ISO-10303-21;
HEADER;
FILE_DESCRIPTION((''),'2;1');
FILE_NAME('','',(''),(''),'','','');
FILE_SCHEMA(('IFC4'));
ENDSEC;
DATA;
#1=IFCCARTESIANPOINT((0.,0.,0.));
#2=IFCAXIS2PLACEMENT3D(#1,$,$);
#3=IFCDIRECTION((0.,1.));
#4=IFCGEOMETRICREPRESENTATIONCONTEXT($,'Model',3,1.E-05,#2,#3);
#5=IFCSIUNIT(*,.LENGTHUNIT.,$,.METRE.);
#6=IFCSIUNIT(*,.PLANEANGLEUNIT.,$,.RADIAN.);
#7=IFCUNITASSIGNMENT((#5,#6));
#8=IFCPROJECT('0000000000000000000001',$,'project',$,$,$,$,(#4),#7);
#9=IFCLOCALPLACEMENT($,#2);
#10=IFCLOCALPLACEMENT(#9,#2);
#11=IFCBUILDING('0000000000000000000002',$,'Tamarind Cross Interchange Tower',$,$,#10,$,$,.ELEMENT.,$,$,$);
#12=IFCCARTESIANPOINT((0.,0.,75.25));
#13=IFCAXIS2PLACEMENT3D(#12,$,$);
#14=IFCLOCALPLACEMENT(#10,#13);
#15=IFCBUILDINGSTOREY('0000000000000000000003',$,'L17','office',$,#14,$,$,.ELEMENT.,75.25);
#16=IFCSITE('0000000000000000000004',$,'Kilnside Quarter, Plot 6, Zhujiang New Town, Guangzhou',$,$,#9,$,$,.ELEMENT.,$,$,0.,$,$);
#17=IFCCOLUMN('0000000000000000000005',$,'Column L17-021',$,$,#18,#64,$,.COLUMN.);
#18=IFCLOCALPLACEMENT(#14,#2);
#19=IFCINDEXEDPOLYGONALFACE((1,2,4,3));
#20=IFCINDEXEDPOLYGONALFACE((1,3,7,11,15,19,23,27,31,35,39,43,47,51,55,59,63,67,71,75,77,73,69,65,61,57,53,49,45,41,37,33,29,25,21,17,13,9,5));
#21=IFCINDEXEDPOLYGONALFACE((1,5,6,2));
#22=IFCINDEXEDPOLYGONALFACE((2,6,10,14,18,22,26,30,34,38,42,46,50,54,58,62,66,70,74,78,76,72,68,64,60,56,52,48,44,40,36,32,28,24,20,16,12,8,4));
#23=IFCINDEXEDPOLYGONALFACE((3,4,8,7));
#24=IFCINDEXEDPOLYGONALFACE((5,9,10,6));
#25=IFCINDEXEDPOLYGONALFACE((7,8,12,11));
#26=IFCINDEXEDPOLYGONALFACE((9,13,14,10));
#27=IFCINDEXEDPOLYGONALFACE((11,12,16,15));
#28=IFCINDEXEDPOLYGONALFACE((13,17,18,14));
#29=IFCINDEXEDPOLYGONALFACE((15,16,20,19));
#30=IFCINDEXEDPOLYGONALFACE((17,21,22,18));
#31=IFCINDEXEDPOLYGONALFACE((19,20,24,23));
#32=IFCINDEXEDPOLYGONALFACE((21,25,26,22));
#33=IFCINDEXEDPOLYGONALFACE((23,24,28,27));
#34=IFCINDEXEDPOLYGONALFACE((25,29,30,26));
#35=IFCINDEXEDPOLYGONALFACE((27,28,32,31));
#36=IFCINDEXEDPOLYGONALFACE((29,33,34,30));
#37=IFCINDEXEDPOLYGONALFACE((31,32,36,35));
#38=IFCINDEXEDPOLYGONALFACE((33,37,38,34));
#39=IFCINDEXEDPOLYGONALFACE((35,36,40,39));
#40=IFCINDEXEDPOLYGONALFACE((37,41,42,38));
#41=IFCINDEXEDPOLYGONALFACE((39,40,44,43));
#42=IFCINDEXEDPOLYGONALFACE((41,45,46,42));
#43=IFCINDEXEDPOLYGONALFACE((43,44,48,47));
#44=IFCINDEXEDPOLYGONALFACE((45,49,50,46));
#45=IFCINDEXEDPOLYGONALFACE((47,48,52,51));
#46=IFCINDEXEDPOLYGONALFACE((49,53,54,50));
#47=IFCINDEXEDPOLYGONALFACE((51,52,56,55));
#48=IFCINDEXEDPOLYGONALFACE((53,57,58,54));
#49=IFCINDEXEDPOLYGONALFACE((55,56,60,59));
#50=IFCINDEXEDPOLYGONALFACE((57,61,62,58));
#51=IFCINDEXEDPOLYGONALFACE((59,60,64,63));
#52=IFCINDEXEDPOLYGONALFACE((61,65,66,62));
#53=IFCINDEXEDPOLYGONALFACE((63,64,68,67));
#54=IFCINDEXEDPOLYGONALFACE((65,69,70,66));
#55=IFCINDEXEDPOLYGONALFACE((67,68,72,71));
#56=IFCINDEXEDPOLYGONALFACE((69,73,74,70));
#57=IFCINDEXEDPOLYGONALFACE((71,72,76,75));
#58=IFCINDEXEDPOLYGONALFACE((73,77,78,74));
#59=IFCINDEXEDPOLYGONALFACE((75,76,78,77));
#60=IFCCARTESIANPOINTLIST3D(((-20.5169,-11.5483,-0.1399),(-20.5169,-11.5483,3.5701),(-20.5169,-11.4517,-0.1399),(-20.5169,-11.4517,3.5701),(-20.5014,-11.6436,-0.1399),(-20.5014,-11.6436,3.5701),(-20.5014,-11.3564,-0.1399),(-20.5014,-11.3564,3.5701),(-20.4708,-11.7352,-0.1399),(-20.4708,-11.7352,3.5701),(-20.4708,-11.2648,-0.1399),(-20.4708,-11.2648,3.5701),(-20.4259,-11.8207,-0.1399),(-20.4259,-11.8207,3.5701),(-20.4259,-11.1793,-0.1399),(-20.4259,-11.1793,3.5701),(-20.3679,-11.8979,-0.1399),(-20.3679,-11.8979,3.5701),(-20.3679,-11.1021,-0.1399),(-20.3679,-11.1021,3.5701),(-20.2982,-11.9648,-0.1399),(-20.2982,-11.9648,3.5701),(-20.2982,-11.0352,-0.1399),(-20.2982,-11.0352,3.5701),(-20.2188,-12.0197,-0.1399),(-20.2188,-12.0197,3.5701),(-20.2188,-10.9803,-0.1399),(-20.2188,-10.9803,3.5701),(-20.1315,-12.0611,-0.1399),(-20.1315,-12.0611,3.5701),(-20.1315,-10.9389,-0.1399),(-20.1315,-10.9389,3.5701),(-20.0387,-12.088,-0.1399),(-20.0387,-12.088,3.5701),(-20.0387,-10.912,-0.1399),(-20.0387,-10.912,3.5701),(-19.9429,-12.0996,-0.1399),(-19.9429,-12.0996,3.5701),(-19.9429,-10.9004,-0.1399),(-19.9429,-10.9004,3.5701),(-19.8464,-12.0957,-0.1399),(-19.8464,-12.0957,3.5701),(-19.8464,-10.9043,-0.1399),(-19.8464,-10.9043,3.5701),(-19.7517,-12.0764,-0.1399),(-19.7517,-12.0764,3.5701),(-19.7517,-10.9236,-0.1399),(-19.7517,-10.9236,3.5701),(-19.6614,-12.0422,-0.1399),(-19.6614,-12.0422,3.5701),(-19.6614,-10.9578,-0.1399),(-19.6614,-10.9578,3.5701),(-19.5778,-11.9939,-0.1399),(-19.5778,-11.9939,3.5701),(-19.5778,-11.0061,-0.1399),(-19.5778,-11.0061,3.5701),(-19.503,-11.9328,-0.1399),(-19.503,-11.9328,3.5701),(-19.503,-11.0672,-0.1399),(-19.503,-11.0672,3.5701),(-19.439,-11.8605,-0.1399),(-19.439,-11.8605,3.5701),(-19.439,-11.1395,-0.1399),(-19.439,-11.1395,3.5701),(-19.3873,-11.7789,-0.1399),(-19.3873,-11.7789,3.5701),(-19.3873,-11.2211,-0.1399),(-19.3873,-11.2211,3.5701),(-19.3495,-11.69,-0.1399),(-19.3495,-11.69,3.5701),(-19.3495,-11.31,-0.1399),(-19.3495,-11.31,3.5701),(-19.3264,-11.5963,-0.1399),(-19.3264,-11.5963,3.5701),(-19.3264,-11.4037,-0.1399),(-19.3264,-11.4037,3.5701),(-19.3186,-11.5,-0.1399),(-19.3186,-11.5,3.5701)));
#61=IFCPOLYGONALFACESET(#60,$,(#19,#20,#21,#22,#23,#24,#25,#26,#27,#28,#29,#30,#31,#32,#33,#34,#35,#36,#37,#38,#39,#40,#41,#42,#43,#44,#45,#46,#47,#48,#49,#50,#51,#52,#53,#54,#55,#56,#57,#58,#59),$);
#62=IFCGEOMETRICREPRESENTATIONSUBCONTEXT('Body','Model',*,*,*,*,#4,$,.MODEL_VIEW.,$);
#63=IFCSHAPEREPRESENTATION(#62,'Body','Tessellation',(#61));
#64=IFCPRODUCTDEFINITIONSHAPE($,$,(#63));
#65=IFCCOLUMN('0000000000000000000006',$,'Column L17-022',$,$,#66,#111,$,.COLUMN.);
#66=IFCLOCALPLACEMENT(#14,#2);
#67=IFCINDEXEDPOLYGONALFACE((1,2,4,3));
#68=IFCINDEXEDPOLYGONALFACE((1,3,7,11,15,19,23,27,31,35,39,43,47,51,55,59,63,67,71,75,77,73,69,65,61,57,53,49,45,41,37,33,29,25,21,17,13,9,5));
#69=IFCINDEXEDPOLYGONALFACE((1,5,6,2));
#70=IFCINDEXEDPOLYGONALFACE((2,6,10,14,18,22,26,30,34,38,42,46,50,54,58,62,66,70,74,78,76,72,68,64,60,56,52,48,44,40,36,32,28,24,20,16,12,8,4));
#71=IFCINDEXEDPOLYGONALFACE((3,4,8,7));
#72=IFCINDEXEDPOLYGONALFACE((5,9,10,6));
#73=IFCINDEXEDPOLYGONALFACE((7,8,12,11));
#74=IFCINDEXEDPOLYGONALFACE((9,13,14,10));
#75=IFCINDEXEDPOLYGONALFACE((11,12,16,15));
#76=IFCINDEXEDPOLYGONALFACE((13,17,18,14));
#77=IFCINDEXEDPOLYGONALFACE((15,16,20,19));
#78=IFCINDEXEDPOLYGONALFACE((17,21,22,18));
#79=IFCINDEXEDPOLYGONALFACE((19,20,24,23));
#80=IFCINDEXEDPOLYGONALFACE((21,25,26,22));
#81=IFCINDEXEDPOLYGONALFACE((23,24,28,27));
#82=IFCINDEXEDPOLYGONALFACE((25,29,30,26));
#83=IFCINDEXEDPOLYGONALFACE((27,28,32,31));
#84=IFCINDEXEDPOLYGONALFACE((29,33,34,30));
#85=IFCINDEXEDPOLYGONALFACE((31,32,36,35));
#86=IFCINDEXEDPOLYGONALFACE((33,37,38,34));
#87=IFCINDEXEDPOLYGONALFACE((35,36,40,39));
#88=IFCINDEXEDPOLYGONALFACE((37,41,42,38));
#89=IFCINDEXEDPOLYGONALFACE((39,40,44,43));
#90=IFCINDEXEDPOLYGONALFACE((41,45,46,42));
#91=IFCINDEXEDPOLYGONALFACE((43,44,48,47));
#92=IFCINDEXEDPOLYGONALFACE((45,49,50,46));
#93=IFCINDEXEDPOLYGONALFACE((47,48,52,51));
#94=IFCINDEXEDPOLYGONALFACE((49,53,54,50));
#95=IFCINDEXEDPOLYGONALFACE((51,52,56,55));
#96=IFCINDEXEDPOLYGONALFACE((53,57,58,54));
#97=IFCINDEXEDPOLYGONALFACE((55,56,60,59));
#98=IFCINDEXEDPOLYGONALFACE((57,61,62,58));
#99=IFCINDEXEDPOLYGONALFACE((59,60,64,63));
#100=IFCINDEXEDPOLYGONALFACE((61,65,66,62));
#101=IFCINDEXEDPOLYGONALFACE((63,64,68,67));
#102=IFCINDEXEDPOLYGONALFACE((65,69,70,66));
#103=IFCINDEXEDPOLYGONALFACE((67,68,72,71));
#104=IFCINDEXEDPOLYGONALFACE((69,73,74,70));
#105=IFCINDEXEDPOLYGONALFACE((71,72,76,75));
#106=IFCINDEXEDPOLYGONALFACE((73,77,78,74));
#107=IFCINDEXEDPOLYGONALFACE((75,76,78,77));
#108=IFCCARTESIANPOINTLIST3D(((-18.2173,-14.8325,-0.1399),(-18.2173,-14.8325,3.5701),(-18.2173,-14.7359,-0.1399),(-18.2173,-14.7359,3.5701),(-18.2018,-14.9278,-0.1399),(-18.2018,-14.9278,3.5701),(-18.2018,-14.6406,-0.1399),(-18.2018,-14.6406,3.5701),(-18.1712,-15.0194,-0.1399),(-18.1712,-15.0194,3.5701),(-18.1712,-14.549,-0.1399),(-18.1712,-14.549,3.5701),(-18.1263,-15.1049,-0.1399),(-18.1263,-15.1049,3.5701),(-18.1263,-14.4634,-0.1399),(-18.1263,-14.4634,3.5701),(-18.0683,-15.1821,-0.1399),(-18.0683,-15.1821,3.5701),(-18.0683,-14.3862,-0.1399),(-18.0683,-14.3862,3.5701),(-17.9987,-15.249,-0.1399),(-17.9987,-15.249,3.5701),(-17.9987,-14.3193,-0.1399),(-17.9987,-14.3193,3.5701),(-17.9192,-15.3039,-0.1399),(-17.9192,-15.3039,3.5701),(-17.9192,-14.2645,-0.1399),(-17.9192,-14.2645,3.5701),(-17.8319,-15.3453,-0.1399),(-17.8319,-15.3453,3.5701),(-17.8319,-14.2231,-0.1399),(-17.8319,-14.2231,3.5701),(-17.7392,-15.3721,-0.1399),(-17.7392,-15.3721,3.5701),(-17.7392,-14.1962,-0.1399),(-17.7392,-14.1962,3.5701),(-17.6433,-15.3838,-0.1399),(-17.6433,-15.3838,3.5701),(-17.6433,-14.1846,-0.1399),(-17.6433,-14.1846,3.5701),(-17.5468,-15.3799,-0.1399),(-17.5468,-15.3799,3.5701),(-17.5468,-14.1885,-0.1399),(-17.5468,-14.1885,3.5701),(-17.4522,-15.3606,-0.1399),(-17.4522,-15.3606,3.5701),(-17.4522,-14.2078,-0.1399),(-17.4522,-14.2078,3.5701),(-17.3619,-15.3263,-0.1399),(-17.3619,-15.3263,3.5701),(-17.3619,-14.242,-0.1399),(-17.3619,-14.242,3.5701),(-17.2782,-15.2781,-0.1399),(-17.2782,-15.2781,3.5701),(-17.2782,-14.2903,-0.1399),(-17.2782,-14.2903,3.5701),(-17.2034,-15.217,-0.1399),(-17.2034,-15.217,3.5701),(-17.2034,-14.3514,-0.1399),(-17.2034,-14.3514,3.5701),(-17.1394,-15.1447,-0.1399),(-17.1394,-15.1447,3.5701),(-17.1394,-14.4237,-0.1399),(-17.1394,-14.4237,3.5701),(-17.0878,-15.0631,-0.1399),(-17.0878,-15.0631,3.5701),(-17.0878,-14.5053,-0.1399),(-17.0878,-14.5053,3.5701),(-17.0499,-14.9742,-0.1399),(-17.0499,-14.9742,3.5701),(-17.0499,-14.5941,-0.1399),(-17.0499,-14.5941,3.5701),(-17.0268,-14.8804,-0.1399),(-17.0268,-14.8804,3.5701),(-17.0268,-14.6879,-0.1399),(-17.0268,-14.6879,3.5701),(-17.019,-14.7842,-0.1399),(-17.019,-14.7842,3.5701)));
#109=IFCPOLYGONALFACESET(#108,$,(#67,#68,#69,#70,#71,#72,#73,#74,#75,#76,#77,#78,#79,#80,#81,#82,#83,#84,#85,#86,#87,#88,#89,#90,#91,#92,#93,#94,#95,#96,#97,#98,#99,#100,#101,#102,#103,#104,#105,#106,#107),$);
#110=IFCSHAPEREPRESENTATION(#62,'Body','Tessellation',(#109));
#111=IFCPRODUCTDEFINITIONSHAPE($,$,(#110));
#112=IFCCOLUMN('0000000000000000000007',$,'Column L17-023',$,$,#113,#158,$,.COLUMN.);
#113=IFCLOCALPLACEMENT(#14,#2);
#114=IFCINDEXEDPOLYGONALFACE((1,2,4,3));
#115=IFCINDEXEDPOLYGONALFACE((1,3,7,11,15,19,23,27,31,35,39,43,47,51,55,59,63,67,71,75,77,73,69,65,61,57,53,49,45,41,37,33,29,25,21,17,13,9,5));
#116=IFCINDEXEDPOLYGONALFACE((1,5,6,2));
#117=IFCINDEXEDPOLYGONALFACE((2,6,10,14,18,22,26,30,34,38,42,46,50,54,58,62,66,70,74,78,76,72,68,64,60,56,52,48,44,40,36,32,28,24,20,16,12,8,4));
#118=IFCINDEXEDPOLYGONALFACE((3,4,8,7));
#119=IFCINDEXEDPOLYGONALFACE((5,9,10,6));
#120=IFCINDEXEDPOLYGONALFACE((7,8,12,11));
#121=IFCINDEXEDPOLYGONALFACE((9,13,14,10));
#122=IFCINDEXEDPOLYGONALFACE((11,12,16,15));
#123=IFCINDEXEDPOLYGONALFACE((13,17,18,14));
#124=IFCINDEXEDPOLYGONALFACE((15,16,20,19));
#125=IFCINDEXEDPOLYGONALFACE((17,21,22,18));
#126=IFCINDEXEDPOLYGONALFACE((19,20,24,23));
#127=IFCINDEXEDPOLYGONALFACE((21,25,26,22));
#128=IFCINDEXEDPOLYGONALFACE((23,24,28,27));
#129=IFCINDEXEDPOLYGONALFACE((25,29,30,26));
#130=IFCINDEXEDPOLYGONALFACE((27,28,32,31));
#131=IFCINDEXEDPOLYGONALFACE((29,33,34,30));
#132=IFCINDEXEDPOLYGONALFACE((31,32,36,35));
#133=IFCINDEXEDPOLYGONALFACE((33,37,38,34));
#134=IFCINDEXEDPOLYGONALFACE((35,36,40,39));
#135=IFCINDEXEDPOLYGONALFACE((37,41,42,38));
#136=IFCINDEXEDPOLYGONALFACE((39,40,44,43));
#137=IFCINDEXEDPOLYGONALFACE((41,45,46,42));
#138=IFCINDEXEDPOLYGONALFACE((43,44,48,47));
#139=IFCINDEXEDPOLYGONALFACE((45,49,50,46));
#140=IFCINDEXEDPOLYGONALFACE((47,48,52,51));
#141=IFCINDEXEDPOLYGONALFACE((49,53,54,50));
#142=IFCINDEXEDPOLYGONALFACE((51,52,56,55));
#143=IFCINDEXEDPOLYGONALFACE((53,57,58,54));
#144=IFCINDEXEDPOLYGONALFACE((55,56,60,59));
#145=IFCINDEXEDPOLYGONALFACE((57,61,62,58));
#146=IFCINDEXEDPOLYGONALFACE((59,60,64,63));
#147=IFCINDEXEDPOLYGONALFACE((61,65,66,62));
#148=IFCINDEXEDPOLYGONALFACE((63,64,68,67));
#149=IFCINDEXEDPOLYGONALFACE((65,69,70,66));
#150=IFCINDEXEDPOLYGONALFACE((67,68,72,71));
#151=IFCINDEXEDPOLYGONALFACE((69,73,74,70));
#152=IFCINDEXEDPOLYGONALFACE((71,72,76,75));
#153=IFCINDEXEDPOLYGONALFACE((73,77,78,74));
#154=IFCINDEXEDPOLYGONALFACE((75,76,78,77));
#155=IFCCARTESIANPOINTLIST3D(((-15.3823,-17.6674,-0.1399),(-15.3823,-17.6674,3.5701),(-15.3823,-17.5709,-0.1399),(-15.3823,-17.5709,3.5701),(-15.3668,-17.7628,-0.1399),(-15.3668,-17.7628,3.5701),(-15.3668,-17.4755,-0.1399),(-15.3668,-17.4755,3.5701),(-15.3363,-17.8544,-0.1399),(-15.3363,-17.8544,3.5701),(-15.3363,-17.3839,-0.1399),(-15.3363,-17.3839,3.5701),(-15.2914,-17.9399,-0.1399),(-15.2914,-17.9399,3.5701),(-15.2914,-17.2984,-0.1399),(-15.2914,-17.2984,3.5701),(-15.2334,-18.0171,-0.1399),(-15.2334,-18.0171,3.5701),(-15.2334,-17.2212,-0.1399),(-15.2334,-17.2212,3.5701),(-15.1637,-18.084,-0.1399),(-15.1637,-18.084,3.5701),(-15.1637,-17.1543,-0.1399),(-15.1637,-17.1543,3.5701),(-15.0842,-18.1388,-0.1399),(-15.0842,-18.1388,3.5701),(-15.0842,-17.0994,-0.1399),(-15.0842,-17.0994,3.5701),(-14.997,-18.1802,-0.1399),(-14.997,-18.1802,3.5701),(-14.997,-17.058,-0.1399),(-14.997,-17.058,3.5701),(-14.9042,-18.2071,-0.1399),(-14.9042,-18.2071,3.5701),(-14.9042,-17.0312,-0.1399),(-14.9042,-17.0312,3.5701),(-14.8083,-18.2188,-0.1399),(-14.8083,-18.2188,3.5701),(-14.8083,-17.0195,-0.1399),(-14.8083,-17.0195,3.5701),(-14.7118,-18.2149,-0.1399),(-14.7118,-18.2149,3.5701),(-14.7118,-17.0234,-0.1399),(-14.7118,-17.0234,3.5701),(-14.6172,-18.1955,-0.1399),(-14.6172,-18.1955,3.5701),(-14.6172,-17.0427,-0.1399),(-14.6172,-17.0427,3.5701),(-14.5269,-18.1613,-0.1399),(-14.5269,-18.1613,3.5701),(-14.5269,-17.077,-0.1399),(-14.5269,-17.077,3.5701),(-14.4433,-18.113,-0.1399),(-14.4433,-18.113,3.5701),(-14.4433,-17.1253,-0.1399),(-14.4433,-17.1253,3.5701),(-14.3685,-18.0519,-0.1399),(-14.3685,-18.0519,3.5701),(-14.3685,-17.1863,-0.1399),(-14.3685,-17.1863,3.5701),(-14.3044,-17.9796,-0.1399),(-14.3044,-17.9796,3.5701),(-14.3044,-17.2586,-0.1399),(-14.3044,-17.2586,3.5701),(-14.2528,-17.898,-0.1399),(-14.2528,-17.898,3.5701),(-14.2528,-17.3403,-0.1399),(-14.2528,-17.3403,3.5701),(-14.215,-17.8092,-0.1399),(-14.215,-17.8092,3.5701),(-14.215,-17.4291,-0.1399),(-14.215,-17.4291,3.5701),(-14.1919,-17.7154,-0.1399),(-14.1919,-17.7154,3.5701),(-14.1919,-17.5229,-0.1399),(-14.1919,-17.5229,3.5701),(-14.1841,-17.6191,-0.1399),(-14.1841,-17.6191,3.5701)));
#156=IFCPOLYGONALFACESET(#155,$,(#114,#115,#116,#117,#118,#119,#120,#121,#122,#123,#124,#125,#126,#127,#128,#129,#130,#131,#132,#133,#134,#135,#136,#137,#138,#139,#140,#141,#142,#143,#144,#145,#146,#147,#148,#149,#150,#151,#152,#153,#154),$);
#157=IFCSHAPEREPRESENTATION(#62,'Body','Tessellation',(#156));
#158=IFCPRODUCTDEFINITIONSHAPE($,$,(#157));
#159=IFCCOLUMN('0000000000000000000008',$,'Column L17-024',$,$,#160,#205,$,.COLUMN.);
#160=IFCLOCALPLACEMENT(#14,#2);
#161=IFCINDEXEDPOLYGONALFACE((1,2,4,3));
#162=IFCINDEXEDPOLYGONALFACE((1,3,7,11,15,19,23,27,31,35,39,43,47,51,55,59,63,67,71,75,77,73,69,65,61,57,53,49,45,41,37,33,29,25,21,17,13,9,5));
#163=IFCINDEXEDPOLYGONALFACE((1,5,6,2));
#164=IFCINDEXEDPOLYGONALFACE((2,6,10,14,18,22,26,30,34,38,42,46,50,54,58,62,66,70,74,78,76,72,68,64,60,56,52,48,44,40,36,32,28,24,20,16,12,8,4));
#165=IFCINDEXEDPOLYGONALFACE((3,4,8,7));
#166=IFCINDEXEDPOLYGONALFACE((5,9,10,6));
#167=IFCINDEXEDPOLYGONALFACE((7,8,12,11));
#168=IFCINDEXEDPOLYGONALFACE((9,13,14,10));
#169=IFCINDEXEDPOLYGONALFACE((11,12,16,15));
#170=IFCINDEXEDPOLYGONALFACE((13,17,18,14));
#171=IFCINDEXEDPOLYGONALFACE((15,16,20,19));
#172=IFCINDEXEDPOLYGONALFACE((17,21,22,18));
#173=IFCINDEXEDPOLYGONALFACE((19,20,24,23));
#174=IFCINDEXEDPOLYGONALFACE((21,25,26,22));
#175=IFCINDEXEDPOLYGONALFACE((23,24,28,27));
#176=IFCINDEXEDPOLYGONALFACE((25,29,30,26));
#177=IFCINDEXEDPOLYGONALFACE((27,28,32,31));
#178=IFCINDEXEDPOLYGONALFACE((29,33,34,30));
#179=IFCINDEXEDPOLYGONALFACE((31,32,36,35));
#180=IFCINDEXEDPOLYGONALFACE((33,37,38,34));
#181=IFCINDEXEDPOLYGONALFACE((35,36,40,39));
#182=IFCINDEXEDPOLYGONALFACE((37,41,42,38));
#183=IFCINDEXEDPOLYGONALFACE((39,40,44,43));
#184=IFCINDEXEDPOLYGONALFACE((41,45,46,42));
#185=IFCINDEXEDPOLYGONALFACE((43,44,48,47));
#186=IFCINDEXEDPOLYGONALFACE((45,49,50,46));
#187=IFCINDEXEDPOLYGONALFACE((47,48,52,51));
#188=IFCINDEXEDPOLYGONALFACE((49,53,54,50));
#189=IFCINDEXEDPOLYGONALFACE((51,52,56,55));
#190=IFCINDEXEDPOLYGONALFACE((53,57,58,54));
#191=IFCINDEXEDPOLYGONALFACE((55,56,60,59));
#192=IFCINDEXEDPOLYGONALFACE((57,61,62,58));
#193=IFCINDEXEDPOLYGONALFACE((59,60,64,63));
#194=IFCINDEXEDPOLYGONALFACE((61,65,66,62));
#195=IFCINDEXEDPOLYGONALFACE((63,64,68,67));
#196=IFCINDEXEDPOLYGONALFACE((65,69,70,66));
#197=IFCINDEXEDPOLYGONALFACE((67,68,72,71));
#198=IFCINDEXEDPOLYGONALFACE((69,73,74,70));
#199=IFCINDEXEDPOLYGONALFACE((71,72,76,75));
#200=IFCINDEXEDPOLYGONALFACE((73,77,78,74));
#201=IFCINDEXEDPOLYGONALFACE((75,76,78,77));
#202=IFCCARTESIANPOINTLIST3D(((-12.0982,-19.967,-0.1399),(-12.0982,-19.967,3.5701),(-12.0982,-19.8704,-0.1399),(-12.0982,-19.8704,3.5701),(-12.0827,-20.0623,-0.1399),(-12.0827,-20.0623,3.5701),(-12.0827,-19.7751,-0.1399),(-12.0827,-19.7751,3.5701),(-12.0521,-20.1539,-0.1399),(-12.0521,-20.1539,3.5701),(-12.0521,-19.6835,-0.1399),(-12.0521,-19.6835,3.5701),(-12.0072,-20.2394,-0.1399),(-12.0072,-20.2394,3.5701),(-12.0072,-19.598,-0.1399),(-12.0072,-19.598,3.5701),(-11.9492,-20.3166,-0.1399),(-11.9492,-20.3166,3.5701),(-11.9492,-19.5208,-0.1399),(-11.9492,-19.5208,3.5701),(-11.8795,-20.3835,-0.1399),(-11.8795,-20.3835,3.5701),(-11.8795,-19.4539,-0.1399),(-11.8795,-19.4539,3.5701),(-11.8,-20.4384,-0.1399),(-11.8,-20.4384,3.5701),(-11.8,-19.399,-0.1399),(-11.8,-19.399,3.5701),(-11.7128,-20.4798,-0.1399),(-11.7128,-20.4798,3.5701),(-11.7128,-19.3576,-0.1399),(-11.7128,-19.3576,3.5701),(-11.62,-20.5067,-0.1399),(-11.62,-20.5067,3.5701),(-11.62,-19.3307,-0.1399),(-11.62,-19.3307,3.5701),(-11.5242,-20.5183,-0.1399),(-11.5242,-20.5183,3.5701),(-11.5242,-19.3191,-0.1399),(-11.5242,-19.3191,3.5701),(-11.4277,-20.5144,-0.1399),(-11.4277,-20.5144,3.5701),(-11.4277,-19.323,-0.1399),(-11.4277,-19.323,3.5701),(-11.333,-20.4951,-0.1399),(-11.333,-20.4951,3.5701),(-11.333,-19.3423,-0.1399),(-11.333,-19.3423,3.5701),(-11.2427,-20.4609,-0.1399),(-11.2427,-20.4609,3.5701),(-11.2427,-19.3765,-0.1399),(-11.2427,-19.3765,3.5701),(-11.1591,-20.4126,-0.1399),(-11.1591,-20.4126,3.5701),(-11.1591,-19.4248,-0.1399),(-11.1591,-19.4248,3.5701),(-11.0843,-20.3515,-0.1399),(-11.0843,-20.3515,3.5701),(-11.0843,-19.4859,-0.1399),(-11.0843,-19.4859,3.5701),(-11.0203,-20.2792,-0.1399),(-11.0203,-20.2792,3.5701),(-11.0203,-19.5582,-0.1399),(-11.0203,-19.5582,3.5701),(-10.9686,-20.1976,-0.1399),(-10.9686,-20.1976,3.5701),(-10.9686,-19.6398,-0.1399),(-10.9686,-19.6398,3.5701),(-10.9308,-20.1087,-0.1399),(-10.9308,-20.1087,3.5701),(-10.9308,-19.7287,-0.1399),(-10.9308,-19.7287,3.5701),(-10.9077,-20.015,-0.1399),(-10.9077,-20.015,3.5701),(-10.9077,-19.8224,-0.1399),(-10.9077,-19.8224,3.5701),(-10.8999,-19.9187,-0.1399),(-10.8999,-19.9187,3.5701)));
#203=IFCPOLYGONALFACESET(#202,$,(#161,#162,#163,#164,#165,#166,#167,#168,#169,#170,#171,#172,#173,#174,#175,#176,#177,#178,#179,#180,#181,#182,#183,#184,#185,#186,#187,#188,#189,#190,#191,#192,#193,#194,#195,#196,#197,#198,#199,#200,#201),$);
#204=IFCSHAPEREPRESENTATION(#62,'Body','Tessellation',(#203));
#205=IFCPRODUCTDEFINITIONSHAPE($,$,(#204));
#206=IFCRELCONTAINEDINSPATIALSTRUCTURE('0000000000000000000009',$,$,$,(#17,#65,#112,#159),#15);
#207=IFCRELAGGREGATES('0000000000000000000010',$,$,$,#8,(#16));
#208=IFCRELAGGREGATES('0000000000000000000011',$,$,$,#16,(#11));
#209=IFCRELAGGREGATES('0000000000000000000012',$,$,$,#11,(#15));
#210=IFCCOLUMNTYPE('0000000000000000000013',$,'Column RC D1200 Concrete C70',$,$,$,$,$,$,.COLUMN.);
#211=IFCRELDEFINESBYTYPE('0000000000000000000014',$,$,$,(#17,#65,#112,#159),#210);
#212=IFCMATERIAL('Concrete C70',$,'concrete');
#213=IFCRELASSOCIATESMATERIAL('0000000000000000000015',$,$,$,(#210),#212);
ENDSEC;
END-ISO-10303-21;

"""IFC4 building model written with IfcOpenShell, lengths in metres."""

from ifc_helpers import new_model, si_unit, direction, frame, origin, origin_2d, place, context, subcontext, project, spatial, circle, extrude, material, material_profile, profile_set, type_object, element, save


model = new_model("IFC4")

# Units and contexts
model_context = context("Model", 3, precision=1e-05, world=origin(), true_north=direction((0.0, 1.0)))
body_context = subcontext(model_context, "Body", "Model", "MODEL_VIEW")
ifc_project = project(units=[si_unit("LENGTHUNIT", "METRE"), si_unit("PLANEANGLEUNIT", "RADIAN")], contexts=[model_context])

# Site, building, storey
site_placement = place(None, origin())
site = spatial("IfcSite", under=ifc_project, at=site_placement, Name="Kilnside Quarter, Plot 6, Zhujiang New Town, Guangzhou", CompositionType="ELEMENT", RefElevation=0.0)
building_placement = place(site_placement, origin())
building = spatial("IfcBuilding", under=site, at=building_placement, Name="Tamarind Cross Interchange Tower", CompositionType="ELEMENT")
storey_placement = place(building_placement, frame((0.0, 0.0, 75.25)))
storey = spatial("IfcBuildingStorey", under=building, at=storey_placement, Name="L17", Description="office", CompositionType="ELEMENT", Elevation=75.25)

# Columns
ifc_material_1 = material(Name="Concrete C70", Category="concrete")
ifc_material_profile_1 = material_profile(ifc_material_1, circle(Radius=0.6001, at=origin_2d()), Name="RC D1200")
ifc_profile_set_1 = profile_set([ifc_material_profile_1], Name="Concrete C70")
column_type = type_object("IfcColumnType", Name="Column RC D1200 Concrete C70", PredefinedType="COLUMN", material=ifc_profile_set_1)
for number, where, z_axis, x_axis, name in (
    (1, (-19.9187, -11.5, -0.1399), (0.0, 0.0, 1.0), (1.0, 0.0, 0.0), "Column L17-021"),
    (2, (-17.6191, -14.7842, -0.1399), (0.0, 0.0, 1.0), (1.0, 0.0, 0.0), "Column L17-022"),
    (3, (-14.7842, -17.6191, -0.1399), (0.0, 0.0, 1.0), (1.0, 0.0, 0.0), "Column L17-023"),
    (4, (-11.5, -19.9187, -0.1399), (0.0, 0.0, 1.0), (1.0, 0.0, 0.0), "Column L17-024"),
):
    element("IfcColumn", number, at=place(storey_placement, frame(where, z_axis=z_axis, x_axis=x_axis)), inside=storey, type_object=column_type, Name=name, PredefinedType="COLUMN", context=body_context, shape_type="SweptSolid", body=[
        extrude(circle(Radius=0.6001, at=origin_2d()), origin(), (0.0, 0.0, 1.0), 3.71),
    ])

save(model, "model.ifc")
